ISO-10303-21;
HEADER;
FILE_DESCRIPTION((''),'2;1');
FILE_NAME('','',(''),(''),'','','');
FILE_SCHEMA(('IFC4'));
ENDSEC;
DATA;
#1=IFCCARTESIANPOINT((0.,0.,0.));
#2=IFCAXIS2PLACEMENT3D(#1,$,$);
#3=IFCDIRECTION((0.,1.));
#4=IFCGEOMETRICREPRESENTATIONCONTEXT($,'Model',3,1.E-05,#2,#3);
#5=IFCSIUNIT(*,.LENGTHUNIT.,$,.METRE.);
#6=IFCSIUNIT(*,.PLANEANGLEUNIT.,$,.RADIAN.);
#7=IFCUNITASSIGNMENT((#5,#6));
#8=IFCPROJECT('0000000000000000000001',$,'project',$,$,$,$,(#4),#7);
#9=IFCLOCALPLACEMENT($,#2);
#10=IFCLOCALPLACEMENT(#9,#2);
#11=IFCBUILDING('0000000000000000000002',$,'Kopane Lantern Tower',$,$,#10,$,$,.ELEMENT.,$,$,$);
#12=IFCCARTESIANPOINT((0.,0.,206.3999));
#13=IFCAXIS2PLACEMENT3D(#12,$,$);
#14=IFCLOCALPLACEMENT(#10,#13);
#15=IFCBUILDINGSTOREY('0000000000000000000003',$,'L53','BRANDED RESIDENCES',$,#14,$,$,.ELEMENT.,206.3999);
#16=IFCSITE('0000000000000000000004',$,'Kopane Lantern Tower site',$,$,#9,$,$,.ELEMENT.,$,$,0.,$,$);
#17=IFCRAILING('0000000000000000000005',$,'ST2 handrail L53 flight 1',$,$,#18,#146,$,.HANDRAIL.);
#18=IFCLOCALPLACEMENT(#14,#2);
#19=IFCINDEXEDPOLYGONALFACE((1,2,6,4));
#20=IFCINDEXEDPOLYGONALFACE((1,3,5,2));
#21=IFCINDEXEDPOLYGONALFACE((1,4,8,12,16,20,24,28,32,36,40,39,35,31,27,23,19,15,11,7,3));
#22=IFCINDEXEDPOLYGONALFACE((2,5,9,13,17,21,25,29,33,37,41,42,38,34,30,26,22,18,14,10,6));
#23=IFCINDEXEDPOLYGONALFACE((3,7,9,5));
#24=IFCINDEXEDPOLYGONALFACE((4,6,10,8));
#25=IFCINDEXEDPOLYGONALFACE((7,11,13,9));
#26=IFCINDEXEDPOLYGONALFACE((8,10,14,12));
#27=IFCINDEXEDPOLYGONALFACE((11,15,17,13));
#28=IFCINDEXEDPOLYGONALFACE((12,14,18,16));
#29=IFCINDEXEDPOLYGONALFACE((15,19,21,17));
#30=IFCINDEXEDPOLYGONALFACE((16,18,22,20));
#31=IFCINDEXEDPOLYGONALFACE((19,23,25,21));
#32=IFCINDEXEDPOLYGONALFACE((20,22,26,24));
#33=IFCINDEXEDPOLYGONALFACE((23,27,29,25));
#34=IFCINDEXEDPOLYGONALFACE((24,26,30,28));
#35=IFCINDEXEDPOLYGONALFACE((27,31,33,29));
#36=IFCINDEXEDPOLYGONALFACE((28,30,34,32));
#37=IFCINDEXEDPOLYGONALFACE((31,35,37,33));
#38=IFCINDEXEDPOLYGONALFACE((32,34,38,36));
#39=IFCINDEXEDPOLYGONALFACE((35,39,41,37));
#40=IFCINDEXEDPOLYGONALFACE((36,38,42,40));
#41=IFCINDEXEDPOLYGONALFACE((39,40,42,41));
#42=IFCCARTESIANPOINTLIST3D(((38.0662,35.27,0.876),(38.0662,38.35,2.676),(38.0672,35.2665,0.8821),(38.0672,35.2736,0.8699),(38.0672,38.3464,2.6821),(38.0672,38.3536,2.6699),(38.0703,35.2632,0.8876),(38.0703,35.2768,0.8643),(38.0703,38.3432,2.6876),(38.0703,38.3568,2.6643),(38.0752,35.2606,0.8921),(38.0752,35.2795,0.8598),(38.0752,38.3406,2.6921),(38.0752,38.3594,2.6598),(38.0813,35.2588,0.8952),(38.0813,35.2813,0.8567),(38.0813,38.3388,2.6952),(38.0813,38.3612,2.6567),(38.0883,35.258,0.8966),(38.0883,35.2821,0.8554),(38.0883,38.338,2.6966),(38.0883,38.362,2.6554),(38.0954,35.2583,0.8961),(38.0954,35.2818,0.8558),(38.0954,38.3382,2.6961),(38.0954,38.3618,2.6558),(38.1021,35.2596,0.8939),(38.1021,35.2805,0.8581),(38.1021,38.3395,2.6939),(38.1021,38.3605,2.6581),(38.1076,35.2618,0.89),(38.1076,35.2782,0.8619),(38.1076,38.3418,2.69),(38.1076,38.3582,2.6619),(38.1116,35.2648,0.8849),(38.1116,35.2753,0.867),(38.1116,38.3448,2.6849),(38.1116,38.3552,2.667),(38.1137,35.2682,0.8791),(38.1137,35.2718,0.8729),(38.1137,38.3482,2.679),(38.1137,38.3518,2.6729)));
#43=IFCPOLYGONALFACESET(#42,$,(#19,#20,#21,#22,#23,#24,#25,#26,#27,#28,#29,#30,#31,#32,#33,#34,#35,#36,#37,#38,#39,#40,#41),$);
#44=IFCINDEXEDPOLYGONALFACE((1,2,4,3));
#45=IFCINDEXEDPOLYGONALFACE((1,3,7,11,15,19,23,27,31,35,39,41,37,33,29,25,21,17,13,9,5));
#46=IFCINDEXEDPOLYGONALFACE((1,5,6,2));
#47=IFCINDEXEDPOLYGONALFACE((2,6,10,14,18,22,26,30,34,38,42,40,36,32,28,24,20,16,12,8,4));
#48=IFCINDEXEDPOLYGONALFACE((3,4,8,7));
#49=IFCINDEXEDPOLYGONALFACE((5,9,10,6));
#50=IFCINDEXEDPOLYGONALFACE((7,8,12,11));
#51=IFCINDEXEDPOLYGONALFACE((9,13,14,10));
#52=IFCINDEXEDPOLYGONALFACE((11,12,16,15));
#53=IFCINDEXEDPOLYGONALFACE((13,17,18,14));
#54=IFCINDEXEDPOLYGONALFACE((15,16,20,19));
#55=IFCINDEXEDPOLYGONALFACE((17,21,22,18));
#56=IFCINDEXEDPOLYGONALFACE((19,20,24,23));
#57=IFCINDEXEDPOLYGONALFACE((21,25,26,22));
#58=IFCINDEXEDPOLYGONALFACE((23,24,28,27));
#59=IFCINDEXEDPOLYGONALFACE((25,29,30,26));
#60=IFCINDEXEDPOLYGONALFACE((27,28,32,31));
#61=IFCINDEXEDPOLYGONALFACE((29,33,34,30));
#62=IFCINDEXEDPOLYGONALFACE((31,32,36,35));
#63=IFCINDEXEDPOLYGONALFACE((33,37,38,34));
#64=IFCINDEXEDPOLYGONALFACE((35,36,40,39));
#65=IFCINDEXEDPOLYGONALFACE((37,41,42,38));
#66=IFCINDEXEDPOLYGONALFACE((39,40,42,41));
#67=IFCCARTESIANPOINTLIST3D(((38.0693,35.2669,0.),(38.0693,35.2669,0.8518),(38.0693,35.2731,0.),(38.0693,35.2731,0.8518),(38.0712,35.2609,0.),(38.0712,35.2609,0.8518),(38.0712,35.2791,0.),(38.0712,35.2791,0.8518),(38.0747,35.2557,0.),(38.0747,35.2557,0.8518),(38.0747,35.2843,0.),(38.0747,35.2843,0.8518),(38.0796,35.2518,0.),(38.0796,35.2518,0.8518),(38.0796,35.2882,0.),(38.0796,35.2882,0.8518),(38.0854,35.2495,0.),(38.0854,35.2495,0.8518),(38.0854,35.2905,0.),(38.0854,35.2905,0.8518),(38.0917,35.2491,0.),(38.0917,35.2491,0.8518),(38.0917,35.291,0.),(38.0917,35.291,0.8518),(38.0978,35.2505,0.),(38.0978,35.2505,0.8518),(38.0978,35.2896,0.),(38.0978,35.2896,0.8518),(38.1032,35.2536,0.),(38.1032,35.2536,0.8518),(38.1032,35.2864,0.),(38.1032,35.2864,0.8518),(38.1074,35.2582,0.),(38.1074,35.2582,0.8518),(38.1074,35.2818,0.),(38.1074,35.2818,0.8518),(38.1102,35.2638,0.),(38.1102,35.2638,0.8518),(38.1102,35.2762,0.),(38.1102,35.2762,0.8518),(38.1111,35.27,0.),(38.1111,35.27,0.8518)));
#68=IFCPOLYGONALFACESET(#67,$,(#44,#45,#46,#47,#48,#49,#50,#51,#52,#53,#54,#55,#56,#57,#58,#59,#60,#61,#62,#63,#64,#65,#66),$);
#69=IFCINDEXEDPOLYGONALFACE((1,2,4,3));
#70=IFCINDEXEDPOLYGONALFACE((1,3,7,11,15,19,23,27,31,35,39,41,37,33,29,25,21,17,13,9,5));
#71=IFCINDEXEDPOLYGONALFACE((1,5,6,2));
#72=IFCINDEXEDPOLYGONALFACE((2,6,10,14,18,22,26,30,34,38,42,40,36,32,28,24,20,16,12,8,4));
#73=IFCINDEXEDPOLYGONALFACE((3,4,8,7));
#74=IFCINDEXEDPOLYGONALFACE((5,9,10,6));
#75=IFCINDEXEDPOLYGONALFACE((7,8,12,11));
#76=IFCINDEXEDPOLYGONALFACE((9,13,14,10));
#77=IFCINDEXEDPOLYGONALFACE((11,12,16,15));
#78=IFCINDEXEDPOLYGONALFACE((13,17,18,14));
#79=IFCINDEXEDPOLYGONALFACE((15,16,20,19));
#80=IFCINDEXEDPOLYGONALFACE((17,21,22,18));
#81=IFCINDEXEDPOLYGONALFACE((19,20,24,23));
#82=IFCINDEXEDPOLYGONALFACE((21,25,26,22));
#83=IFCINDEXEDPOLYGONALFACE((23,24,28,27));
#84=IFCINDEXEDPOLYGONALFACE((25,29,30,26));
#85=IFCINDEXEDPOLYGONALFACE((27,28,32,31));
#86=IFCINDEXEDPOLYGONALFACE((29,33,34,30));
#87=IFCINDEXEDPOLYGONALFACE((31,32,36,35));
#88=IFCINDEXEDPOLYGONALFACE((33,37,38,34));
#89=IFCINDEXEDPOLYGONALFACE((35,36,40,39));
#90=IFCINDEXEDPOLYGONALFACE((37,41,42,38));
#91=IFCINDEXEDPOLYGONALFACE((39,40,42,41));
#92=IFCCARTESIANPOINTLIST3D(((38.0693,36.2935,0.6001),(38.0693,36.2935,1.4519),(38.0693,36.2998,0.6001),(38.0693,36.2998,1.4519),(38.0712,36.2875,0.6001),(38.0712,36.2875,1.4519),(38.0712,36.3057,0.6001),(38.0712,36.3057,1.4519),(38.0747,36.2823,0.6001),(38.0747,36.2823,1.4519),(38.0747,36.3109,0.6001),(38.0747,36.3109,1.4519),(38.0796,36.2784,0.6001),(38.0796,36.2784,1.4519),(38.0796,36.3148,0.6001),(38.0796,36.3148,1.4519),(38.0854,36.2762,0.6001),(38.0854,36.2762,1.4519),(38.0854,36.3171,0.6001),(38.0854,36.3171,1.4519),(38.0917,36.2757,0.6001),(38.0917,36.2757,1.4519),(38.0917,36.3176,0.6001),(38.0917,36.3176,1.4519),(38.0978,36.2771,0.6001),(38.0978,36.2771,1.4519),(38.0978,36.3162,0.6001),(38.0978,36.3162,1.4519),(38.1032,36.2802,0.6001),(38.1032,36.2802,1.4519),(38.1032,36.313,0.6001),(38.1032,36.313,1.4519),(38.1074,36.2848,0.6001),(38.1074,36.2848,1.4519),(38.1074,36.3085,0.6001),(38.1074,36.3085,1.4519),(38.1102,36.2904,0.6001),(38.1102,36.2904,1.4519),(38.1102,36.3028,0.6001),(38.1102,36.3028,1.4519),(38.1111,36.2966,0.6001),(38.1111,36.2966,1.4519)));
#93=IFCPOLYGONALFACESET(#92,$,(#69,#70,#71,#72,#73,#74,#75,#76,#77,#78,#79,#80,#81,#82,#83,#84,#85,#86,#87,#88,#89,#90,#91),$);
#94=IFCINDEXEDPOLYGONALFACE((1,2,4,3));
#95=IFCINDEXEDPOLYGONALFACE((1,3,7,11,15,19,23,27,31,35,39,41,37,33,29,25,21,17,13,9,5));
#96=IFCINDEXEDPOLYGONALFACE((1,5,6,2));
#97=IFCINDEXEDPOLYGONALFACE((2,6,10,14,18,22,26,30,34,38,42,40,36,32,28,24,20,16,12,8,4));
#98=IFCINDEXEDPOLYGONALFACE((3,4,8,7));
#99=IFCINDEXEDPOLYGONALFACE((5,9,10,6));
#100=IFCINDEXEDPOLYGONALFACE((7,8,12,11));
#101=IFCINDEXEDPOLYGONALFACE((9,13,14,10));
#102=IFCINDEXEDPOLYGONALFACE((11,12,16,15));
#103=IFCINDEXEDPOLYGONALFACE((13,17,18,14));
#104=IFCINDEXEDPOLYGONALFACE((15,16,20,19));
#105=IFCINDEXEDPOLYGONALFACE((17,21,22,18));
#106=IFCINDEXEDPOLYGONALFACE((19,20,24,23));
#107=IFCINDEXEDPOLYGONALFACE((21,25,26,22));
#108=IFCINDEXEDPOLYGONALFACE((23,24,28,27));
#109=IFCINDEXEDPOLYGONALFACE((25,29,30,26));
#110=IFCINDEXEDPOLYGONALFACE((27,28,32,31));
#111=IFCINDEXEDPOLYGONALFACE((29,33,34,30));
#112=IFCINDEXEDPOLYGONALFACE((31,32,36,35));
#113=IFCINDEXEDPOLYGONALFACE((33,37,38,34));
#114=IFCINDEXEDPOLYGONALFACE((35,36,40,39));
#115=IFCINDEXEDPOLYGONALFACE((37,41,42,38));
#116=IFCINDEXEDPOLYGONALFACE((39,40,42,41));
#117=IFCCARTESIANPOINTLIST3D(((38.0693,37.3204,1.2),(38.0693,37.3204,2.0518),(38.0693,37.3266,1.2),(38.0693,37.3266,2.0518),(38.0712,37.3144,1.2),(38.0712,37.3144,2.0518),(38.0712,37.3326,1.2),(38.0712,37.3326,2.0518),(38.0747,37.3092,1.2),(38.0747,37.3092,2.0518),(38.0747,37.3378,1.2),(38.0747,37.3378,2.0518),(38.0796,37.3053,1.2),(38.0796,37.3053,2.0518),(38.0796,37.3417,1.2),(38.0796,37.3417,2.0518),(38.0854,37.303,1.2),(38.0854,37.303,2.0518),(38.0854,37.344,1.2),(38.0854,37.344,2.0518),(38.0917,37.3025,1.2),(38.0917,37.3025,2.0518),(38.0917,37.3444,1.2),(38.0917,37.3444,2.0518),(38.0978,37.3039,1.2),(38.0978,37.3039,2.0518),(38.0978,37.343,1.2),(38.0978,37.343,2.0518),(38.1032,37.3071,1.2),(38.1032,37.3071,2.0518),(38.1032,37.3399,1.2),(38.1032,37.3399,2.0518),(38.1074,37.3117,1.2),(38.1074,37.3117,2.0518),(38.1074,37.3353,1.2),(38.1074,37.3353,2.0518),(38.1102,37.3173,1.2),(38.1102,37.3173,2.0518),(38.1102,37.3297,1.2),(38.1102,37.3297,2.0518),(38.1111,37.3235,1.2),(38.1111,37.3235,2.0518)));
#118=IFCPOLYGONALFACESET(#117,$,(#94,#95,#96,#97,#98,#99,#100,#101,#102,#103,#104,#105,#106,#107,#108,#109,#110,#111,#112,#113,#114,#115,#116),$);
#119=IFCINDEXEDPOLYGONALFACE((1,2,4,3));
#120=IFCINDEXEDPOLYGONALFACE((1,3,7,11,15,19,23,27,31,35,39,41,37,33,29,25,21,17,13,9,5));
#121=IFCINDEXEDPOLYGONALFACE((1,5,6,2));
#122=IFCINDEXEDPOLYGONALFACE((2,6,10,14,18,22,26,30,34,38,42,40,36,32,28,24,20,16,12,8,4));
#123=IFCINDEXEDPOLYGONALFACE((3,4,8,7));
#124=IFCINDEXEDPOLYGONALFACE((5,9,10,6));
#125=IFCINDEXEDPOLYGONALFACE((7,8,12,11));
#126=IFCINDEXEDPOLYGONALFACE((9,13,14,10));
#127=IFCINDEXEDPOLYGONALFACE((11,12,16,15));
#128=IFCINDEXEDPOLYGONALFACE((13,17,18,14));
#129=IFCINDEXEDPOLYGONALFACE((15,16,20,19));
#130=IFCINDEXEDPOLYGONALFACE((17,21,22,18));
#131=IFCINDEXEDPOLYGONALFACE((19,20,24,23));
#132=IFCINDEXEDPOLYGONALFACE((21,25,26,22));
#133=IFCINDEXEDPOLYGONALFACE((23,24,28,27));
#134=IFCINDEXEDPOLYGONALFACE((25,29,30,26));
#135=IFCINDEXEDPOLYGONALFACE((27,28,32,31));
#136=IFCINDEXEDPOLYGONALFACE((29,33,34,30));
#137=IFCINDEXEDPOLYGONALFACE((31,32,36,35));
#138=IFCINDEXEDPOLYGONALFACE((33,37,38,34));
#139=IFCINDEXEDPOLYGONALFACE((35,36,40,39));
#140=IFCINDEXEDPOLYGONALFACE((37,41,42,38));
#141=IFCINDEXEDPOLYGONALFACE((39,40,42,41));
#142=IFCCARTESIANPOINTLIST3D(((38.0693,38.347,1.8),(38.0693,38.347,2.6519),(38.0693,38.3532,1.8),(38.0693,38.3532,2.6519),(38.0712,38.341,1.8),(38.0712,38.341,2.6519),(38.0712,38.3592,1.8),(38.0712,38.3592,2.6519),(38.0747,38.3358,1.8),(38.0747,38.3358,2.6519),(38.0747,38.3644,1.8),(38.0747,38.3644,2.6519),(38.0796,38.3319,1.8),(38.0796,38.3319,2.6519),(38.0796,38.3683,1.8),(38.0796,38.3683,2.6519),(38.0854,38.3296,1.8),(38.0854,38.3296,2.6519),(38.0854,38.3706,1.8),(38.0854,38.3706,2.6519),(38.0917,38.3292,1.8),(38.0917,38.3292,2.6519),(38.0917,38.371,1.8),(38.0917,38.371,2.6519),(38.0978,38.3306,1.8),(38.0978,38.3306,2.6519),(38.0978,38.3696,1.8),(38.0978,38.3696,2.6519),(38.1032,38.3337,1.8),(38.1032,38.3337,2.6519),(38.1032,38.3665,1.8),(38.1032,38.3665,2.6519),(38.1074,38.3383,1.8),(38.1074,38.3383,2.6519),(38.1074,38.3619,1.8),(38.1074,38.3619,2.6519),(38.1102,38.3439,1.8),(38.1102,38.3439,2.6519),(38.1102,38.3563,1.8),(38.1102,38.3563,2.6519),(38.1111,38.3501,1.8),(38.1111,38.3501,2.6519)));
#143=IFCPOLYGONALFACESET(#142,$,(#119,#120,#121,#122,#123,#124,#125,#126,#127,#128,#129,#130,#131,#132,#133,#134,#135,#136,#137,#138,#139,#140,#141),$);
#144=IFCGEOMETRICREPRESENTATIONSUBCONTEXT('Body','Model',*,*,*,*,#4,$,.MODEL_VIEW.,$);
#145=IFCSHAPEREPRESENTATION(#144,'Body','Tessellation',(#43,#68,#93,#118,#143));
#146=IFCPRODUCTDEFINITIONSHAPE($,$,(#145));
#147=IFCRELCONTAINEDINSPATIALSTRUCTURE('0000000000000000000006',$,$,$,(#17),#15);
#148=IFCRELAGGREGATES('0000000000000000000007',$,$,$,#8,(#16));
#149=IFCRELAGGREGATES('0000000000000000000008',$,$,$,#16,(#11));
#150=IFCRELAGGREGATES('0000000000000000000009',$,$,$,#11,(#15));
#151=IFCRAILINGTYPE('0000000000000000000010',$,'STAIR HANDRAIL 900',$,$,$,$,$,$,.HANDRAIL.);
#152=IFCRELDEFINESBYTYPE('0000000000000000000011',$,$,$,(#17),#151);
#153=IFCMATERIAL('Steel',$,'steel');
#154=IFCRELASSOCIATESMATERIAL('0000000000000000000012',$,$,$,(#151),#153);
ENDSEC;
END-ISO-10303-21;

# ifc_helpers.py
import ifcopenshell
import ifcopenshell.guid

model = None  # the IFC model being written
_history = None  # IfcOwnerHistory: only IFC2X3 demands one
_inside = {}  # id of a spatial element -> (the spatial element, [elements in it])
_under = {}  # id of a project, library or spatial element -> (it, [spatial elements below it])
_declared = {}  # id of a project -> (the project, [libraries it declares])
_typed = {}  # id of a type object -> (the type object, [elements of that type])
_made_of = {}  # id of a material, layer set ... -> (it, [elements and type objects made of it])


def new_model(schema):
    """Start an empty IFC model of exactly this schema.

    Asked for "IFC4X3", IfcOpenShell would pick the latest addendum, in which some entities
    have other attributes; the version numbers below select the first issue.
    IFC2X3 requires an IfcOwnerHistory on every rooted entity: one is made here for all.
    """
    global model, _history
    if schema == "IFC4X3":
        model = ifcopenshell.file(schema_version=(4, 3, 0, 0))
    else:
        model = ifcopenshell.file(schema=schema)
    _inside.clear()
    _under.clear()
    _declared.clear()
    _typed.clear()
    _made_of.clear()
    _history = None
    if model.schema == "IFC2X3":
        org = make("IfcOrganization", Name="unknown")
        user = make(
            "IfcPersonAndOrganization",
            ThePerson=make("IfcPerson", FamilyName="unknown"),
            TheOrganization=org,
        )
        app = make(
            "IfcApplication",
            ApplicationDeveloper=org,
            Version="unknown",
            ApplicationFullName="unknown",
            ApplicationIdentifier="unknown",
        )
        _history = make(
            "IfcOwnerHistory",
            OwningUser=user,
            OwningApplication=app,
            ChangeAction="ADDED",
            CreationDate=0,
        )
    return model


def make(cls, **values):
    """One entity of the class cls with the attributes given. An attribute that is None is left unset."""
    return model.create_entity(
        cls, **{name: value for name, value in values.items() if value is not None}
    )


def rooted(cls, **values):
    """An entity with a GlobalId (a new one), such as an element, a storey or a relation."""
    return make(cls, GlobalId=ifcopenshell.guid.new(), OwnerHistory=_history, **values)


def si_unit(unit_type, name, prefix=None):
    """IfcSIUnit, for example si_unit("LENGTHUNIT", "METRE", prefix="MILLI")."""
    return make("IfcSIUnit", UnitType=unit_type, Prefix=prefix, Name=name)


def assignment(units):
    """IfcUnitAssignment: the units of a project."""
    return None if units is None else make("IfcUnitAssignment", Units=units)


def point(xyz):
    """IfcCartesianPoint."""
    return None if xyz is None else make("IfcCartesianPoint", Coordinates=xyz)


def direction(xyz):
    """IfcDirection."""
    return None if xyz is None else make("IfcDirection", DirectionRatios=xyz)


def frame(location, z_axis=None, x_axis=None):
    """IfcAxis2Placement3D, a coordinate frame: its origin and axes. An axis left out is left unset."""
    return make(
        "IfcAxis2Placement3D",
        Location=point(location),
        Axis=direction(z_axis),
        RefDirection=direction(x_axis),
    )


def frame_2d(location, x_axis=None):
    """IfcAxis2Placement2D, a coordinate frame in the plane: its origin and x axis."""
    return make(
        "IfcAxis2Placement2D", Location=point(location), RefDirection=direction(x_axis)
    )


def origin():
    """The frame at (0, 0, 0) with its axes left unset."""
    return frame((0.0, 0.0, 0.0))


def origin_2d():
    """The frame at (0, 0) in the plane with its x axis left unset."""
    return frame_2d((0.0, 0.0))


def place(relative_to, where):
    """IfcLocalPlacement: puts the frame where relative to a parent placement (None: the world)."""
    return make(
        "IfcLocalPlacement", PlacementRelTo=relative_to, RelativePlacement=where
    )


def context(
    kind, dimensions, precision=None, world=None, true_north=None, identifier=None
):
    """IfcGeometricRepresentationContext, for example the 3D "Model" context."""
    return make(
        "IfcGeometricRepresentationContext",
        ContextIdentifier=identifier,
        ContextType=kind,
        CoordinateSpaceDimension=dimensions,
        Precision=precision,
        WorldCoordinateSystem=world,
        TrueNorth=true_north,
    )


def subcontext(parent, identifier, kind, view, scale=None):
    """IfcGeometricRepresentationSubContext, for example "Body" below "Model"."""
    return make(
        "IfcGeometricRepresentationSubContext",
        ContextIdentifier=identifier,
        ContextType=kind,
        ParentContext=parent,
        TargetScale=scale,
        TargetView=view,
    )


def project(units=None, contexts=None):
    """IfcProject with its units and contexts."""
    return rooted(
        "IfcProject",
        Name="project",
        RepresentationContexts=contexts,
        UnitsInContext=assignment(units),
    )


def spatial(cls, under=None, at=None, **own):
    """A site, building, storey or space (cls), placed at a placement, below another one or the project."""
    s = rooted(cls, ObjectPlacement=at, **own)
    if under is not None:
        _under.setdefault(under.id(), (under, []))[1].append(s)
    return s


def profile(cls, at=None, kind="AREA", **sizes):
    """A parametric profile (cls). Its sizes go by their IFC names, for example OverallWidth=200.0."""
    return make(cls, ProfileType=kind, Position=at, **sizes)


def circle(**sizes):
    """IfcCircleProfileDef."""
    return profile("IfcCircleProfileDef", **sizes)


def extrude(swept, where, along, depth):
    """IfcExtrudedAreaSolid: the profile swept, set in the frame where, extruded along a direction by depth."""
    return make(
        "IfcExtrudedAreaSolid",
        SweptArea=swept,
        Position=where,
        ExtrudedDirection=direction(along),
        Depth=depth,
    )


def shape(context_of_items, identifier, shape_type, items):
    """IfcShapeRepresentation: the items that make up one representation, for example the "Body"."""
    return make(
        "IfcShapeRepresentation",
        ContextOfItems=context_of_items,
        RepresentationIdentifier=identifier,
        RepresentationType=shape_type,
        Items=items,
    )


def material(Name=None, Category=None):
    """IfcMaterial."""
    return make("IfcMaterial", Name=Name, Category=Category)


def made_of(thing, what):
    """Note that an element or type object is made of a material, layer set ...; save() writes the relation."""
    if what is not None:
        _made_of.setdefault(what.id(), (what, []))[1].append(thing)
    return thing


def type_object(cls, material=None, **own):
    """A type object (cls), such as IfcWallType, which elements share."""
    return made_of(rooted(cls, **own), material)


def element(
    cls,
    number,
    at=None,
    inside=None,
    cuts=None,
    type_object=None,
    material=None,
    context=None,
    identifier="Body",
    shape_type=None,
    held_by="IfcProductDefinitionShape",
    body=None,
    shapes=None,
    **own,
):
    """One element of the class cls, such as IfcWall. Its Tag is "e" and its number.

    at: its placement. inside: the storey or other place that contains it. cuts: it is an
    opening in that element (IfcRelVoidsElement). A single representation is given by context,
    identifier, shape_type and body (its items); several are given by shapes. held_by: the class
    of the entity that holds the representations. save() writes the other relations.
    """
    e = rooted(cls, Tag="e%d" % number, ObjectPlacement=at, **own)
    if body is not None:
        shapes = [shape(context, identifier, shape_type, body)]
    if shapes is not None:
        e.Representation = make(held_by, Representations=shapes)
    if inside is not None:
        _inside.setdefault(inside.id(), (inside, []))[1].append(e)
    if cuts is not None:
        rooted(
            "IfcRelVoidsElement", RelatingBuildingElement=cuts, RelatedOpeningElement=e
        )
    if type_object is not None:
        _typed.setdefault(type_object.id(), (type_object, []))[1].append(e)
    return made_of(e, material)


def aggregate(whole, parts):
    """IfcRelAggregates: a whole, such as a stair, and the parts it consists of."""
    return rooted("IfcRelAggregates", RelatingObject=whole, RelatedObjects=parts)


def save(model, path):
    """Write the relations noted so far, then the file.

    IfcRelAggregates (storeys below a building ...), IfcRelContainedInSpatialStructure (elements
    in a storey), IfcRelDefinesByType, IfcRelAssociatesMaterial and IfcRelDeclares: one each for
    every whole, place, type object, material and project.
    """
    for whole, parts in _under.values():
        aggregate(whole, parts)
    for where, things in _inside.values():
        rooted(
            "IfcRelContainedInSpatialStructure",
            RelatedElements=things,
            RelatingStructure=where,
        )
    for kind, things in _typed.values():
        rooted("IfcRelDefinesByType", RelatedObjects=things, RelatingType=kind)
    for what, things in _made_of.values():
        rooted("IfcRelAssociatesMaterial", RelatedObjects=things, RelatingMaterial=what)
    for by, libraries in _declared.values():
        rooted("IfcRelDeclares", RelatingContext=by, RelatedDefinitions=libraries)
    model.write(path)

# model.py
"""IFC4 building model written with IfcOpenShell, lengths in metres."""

from ifc_helpers import new_model, si_unit, direction, frame, origin, origin_2d, place, context, subcontext, project, spatial, circle, extrude, material, type_object, element, save


model = new_model("IFC4")

# Units and contexts
model_context = context("Model", 3, precision=1e-05, world=origin(), true_north=direction((0.0, 1.0)))
body_context = subcontext(model_context, "Body", "Model", "MODEL_VIEW")
ifc_project = project(units=[si_unit("LENGTHUNIT", "METRE"), si_unit("PLANEANGLEUNIT", "RADIAN")], contexts=[model_context])

# Site, building, storey
site_placement = place(None, origin())
site = spatial("IfcSite", under=ifc_project, at=site_placement, Name="Kopane Lantern Tower site", CompositionType="ELEMENT", RefElevation=0.0)
building_placement = place(site_placement, origin())
building = spatial("IfcBuilding", under=site, at=building_placement, Name="Kopane Lantern Tower", CompositionType="ELEMENT")
storey_placement = place(building_placement, frame((0.0, 0.0, 206.3999)))
storey = spatial("IfcBuildingStorey", under=building, at=storey_placement, Name="L53", Description="BRANDED RESIDENCES", CompositionType="ELEMENT", Elevation=206.3999)

# Railing
ifc_material_1 = material(Name="Steel", Category="steel")
railing_type_1 = type_object("IfcRailingType", Name="STAIR HANDRAIL 900", PredefinedType="HANDRAIL", material=ifc_material_1)
for number, where, name in (
    (1, (38.0901, 35.27, 0.0), "ST2 handrail L53 flight 1"),
):
    element("IfcRailing", number, at=place(storey_placement, frame(where)), inside=storey, type_object=railing_type_1, Name=name, PredefinedType="HANDRAIL", context=body_context, shape_type="SweptSolid", body=[
        extrude(circle(Radius=0.0239, at=origin_2d()), frame((0.0, 0.0, 0.876), z_axis=(0.0, 0.863372, 0.504569), x_axis=(-1.0, 0.0, 0.0)), (0.0, 0.0, 1.0), 3.5674),
        extrude(circle(Radius=0.021, at=origin_2d()), origin(), (0.0, 0.0, 1.0), 0.8518),
        extrude(circle(Radius=0.021, at=origin_2d()), frame((0.0, 1.0266, 0.6001)), (0.0, 0.0, 1.0), 0.8518),
        extrude(circle(Radius=0.021, at=origin_2d()), frame((0.0, 2.0535, 1.2)), (0.0, 0.0, 1.0), 0.8518),
        extrude(circle(Radius=0.021, at=origin_2d()), frame((0.0, 3.0801, 1.8)), (0.0, 0.0, 1.0), 0.8518),
    ])

save(model, "model.ifc")
